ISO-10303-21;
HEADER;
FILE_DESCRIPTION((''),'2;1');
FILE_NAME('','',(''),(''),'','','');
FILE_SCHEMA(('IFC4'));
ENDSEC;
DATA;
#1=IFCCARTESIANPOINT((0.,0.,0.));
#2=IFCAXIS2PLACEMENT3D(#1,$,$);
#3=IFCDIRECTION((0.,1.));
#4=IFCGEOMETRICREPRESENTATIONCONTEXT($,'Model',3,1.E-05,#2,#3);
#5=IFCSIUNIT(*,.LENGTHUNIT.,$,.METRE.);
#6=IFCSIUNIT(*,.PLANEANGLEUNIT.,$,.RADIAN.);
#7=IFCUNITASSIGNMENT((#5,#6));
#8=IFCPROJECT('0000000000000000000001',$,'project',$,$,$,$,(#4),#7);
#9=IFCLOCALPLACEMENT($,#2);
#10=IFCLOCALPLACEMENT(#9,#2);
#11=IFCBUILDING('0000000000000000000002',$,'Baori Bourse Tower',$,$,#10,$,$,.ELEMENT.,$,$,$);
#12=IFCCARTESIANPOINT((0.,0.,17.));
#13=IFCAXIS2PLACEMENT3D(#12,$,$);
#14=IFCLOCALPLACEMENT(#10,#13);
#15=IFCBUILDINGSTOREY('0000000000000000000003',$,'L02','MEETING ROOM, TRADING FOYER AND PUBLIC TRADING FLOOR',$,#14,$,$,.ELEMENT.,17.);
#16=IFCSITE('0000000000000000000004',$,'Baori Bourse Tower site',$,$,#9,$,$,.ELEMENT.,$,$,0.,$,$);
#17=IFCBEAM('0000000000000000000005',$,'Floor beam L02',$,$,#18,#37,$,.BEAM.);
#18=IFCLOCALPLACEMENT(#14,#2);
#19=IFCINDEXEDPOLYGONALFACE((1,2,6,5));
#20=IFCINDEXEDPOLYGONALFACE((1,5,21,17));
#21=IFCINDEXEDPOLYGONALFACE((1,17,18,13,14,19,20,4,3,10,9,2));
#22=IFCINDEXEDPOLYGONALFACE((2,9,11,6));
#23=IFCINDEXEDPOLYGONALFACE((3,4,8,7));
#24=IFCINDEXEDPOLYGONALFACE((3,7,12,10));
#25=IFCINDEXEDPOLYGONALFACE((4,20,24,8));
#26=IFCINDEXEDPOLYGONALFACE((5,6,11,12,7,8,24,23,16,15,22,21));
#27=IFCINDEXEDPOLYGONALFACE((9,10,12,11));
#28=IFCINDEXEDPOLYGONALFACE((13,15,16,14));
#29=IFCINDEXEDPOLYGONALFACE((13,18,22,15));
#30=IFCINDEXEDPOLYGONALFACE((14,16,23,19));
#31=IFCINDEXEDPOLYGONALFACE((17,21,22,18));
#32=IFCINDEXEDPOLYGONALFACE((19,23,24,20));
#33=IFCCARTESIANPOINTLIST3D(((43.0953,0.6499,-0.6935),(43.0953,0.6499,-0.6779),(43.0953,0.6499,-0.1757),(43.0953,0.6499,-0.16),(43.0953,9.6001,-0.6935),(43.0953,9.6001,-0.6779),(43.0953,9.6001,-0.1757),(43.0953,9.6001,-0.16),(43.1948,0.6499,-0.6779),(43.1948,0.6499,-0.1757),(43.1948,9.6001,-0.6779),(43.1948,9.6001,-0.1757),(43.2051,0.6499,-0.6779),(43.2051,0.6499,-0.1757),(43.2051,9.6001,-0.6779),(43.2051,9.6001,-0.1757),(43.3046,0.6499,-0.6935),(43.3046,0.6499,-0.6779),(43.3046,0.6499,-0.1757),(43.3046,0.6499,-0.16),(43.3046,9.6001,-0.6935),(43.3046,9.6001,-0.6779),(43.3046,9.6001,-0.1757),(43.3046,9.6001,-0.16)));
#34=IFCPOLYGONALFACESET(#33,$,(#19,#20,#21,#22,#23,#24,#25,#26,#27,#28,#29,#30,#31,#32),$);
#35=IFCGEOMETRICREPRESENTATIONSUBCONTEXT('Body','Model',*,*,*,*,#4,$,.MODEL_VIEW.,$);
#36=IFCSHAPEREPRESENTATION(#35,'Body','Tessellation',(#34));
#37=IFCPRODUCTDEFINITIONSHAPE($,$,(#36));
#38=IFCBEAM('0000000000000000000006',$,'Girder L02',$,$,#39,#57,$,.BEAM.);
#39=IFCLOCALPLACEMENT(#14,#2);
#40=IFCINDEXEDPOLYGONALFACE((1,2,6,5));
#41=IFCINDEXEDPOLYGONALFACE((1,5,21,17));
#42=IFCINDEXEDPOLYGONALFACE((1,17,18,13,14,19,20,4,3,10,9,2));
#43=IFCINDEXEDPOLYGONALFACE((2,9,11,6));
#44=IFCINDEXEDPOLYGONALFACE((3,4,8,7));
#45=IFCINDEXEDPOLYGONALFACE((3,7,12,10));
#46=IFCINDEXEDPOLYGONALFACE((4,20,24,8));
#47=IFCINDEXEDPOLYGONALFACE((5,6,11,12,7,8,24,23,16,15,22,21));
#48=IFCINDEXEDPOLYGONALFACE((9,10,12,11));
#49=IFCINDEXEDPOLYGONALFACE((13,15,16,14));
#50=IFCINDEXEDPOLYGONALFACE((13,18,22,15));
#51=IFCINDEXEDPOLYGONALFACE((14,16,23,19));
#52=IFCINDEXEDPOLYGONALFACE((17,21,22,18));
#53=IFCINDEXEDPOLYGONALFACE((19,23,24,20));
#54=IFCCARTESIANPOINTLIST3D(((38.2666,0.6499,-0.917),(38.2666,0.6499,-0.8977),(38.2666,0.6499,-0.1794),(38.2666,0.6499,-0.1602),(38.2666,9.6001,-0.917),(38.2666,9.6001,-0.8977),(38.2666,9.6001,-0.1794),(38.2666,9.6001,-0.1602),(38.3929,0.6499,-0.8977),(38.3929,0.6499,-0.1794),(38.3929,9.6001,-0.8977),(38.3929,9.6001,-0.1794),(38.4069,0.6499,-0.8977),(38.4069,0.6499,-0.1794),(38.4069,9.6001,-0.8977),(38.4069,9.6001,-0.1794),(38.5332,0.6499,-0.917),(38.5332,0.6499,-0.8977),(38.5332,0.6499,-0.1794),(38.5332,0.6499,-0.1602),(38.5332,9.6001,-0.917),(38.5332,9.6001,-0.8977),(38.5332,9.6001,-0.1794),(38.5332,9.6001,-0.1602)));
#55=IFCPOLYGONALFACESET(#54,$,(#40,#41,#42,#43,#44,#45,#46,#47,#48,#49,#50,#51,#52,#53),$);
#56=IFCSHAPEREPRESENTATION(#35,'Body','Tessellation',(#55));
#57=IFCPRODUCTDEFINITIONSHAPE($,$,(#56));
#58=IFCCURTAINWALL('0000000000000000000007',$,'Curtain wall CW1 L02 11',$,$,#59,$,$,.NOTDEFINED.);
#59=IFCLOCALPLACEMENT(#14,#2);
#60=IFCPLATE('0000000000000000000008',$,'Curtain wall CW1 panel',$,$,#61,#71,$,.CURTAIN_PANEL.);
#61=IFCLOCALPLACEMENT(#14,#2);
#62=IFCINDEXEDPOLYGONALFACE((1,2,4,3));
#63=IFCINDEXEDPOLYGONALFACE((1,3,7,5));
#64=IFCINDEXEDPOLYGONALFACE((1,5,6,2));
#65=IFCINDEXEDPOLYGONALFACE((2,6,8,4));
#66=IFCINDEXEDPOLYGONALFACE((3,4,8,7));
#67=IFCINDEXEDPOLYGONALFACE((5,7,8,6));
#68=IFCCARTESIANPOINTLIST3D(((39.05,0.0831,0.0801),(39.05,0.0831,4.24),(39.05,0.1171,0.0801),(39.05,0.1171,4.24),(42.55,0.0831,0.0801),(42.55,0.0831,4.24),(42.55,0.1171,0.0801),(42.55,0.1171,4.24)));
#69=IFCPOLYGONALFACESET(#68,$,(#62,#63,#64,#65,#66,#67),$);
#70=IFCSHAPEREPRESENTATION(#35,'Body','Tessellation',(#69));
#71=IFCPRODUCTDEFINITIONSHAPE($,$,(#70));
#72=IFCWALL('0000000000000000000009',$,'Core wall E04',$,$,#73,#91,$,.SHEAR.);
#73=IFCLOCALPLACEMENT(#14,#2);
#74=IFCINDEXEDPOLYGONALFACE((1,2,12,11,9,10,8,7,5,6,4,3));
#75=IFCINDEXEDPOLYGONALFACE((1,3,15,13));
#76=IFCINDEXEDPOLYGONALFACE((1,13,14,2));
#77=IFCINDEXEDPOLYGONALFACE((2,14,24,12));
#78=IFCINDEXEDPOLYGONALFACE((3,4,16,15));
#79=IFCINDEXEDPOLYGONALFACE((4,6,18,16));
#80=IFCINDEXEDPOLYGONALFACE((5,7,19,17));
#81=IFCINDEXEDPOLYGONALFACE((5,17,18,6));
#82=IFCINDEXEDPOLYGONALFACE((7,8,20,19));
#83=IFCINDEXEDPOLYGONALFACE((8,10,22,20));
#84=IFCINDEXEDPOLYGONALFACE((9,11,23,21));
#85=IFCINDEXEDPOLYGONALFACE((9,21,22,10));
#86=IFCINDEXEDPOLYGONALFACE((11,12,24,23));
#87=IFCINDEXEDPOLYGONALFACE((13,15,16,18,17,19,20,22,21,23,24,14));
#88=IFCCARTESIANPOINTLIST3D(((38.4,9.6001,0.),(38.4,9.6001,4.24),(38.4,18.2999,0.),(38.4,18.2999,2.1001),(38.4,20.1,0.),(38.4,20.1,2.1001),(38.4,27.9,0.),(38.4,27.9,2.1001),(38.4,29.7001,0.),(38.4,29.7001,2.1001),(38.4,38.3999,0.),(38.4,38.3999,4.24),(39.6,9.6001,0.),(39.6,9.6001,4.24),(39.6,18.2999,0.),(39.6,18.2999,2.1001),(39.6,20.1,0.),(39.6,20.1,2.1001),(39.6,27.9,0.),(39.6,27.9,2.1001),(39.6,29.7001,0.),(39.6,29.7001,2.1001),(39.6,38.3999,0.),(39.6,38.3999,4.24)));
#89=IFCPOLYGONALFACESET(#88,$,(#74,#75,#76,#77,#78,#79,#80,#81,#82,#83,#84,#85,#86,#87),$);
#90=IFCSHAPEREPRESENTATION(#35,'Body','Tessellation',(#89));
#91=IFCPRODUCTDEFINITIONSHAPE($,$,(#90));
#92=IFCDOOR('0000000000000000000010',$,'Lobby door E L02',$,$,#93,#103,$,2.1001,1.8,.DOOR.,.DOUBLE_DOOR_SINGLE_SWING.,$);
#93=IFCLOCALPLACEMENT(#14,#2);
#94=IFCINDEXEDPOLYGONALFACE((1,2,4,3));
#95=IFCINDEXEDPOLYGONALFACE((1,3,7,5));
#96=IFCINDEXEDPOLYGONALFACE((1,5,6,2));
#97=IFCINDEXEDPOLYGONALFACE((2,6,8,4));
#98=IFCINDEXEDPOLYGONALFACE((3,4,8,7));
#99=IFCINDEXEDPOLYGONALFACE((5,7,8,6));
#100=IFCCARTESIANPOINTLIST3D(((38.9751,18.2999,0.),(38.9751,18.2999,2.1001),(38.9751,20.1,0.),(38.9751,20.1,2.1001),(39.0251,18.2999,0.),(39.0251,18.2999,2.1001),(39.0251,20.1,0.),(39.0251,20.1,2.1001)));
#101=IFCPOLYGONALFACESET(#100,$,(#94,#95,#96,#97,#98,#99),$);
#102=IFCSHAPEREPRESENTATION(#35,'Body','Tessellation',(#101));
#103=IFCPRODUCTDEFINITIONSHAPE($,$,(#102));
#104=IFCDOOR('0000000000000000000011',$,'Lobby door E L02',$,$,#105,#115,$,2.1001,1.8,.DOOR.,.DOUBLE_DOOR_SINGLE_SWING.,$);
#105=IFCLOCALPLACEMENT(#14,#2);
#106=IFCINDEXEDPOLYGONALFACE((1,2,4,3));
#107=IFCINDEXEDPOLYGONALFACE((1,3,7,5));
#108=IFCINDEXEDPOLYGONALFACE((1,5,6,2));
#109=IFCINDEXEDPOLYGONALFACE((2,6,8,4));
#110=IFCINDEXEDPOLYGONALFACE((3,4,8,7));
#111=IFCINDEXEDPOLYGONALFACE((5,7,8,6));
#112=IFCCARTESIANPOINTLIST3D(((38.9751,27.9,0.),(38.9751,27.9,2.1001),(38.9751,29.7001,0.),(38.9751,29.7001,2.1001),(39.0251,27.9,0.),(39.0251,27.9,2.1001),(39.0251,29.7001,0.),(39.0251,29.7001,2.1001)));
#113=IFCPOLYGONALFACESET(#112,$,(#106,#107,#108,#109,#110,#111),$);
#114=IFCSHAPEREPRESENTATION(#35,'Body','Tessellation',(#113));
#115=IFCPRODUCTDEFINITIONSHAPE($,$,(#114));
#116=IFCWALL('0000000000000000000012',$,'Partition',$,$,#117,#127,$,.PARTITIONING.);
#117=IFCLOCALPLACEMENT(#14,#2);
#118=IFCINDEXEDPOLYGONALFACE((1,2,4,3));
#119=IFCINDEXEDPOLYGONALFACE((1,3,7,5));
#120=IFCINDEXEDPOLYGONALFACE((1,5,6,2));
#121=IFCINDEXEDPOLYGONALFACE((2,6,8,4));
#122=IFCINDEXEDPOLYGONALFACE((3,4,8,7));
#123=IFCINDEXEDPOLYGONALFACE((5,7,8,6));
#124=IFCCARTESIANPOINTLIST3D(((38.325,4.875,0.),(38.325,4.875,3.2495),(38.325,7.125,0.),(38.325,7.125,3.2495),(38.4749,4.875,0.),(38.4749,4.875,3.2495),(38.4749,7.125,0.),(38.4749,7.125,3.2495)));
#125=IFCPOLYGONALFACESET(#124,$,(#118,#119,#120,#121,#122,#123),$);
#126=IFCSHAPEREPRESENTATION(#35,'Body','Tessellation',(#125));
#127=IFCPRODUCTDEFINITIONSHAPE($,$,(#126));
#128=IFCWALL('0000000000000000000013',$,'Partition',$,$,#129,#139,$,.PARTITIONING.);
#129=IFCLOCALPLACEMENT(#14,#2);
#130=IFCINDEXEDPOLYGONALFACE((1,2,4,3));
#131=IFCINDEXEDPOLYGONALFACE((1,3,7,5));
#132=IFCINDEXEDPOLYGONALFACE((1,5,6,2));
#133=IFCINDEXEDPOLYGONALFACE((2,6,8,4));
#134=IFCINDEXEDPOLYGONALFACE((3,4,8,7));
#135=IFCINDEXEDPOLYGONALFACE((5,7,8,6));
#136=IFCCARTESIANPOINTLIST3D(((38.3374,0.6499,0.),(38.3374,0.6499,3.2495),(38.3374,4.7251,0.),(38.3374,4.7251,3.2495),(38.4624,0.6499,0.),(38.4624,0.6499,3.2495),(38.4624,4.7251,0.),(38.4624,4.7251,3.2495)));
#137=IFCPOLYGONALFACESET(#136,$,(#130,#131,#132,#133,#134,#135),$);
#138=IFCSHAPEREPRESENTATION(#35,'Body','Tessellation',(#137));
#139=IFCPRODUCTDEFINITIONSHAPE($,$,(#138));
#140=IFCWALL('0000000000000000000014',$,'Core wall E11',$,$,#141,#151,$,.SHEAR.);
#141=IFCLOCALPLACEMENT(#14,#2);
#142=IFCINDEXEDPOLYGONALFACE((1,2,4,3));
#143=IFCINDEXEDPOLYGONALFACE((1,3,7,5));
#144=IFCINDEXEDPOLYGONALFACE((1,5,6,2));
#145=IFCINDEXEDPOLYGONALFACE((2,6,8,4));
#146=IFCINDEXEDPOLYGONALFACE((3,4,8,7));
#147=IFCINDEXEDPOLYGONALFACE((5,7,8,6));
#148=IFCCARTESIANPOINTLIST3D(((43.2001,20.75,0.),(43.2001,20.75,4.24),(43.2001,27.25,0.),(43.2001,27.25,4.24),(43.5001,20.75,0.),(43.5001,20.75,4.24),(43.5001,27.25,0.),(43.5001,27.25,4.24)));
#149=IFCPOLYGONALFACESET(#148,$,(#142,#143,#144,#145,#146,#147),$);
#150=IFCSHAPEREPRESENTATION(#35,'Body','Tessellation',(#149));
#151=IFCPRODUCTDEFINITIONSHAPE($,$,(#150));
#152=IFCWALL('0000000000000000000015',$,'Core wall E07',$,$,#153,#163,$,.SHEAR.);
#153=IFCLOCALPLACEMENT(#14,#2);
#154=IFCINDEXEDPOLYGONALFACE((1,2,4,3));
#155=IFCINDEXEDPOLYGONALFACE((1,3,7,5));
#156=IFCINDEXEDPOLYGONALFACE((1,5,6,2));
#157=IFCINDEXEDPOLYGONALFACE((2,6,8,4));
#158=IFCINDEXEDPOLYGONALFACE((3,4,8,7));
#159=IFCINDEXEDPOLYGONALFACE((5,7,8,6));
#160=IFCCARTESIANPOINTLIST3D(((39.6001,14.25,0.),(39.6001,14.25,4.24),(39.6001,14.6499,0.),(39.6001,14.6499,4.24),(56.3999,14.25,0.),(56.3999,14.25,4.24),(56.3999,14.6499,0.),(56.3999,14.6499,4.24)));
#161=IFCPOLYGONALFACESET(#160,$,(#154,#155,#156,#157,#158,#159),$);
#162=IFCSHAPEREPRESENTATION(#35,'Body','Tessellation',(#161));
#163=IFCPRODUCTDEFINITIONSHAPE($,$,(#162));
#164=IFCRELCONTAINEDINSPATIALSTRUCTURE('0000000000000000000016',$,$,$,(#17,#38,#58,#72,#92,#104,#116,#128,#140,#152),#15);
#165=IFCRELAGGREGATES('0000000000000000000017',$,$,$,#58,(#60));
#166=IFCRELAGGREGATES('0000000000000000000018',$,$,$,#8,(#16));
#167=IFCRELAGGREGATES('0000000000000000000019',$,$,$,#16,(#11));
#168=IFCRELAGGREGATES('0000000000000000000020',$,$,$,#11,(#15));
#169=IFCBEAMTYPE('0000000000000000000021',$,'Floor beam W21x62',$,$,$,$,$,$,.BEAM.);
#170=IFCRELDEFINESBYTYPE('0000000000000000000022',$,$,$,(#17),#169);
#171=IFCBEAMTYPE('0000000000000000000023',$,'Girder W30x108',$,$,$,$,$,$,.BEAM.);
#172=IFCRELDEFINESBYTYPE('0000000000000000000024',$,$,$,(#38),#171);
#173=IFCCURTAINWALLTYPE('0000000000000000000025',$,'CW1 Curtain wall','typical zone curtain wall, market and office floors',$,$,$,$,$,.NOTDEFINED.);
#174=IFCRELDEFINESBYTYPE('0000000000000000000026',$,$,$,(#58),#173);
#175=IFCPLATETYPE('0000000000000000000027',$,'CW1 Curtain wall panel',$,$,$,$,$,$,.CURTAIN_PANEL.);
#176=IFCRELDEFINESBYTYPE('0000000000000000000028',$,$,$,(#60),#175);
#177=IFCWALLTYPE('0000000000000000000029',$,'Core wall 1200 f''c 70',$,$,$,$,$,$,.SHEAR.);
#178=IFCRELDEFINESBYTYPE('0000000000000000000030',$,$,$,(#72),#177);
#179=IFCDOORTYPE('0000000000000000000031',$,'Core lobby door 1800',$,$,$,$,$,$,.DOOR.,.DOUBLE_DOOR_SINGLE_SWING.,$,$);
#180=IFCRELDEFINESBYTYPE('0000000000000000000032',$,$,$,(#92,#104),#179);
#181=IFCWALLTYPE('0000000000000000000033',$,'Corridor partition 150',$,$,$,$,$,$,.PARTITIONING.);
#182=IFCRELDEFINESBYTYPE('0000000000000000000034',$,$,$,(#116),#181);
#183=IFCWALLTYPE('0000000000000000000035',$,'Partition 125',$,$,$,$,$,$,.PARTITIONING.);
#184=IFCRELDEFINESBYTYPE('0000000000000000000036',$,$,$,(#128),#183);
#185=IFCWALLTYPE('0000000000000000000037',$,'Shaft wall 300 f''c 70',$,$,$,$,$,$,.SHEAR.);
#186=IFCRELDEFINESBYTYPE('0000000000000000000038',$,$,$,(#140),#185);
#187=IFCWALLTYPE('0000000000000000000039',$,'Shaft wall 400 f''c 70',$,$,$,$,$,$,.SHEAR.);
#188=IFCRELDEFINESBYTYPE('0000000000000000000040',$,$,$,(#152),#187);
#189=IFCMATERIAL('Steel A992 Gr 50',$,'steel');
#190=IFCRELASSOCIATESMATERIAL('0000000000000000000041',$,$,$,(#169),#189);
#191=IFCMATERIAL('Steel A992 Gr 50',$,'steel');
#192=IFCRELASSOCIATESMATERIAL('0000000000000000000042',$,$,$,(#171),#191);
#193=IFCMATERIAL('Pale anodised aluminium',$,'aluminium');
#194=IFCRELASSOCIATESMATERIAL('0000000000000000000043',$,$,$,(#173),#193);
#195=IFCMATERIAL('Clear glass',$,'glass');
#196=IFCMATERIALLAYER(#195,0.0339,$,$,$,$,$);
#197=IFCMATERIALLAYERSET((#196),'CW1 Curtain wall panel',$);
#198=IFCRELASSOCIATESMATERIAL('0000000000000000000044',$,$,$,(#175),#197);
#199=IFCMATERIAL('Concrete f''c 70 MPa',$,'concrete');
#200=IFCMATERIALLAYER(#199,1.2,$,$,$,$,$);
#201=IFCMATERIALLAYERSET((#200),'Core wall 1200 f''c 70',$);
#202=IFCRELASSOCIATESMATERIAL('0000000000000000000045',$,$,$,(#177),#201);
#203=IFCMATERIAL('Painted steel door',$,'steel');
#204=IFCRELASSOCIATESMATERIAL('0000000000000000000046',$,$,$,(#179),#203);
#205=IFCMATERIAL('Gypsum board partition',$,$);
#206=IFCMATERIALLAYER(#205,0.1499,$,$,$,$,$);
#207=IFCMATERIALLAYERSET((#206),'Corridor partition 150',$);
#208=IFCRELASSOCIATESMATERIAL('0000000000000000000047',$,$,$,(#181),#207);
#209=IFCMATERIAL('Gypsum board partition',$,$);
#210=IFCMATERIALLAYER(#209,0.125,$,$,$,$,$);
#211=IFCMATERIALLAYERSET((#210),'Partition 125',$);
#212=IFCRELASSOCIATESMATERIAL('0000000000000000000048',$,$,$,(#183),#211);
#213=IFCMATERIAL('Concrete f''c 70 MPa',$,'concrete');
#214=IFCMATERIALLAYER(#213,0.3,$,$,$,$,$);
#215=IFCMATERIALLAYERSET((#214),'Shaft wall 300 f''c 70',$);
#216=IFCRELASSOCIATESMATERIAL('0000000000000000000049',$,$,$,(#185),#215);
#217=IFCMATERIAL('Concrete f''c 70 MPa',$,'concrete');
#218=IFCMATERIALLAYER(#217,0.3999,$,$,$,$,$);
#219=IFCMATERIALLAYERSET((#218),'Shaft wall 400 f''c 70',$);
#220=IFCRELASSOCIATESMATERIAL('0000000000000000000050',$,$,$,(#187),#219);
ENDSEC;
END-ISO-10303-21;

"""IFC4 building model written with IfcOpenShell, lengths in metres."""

from ifc_helpers import new_model, si_unit, direction, frame, frame_2d, origin, origin_2d, place, context, subcontext, project, spatial, rectangle, i_section, extrude, material, layer, layer_set, material_profile, profile_set, type_object, element, fill, aggregate, save


model = new_model("IFC4")

# Units and contexts
model_context = context("Model", 3, precision=1e-05, world=origin(), true_north=direction((0.0, 1.0)))
body_context = subcontext(model_context, "Body", "Model", "MODEL_VIEW")
ifc_project = project(units=[si_unit("LENGTHUNIT", "METRE"), si_unit("PLANEANGLEUNIT", "RADIAN")], contexts=[model_context])

# Site, building, storey
site_placement = place(None, origin())
site = spatial("IfcSite", under=ifc_project, at=site_placement, Name="Baori Bourse Tower site", CompositionType="ELEMENT", RefElevation=0.0)
building_placement = place(site_placement, origin())
building = spatial("IfcBuilding", under=site, at=building_placement, Name="Baori Bourse Tower", CompositionType="ELEMENT")
storey_placement = place(building_placement, frame((0.0, 0.0, 17.0)))
storey = spatial("IfcBuildingStorey", under=building, at=storey_placement, Name="L02", Description="MEETING ROOM, TRADING FOYER AND PUBLIC TRADING FLOOR", CompositionType="ELEMENT", Elevation=17.0)

# Beams
ifc_material_1 = material(Name="Steel A992 Gr 50", Category="steel")
ifc_material_profile_1 = material_profile(ifc_material_1, i_section(OverallWidth=0.2092, OverallDepth=0.5334, WebThickness=0.0103, FlangeThickness=0.0156, at=origin_2d()), Name="W21x62")
ifc_profile_set_1 = profile_set([ifc_material_profile_1], Name="Steel A992 Gr 50")
beam_type_1 = type_object("IfcBeamType", Name="Floor beam W21x62", PredefinedType="BEAM", material=ifc_profile_set_1)
beam_1_placement = place(storey_placement, frame((43.2, 0.6499, -0.4268), z_axis=(0.0, 1.0, 0.0), x_axis=(-1.0, 0.0, 0.0)))
element("IfcBeam", 1, at=beam_1_placement, inside=storey, type_object=beam_type_1, Name="Floor beam L02", PredefinedType="BEAM", context=body_context, shape_type="SweptSolid", body=[
    extrude(i_section(OverallWidth=0.2092, OverallDepth=0.5334, WebThickness=0.0103, FlangeThickness=0.0156, at=origin_2d()), origin(), (0.0, 0.0, 1.0), 8.9502),
])
ifc_material_2 = material(Name="Steel A992 Gr 50", Category="steel")
ifc_material_profile_2 = material_profile(ifc_material_2, i_section(OverallWidth=0.2666, OverallDepth=0.7568, WebThickness=0.0139, FlangeThickness=0.0193, at=origin_2d()), Name="W30x108")
ifc_profile_set_2 = profile_set([ifc_material_profile_2], Name="Steel A992 Gr 50")
beam_type_2 = type_object("IfcBeamType", Name="Girder W30x108", PredefinedType="BEAM", material=ifc_profile_set_2)
beam_2_placement = place(storey_placement, frame((38.3999, 0.6499, -0.5386), z_axis=(0.0, 1.0, 0.0), x_axis=(-1.0, 0.0, 0.0)))
element("IfcBeam", 2, at=beam_2_placement, inside=storey, type_object=beam_type_2, Name="Girder L02", PredefinedType="BEAM", context=body_context, shape_type="SweptSolid", body=[
    extrude(i_section(OverallWidth=0.2666, OverallDepth=0.7568, WebThickness=0.0139, FlangeThickness=0.0193, at=origin_2d()), origin(), (0.0, 0.0, 1.0), 8.9502),
])

# Curtain wall, plate
ifc_material_3 = material(Name="Pale anodised aluminium", Category="aluminium")
curtain_wall_type = type_object("IfcCurtainWallType", Name="CW1 Curtain wall", Description="typical zone curtain wall, market and office floors", PredefinedType="NOTDEFINED", material=ifc_material_3)
curtain_wall_placement = place(storey_placement, origin())
curtain_wall = element("IfcCurtainWall", 3, at=curtain_wall_placement, inside=storey, type_object=curtain_wall_type, Name="Curtain wall CW1 L02 11", PredefinedType="NOTDEFINED")
ifc_material_4 = material(Name="Clear glass", Category="glass")
ifc_layer_1 = layer(ifc_material_4, 0.0339)
ifc_layer_set_1 = layer_set([ifc_layer_1], Name="CW1 Curtain wall panel")
plate_type = type_object("IfcPlateType", Name="CW1 Curtain wall panel", PredefinedType="CURTAIN_PANEL", material=ifc_layer_set_1)
plate_placement = place(storey_placement, frame((40.8, 0.1001, 0.0801), z_axis=(0.0, 0.0, 1.0), x_axis=(1.0, 0.0, 0.0)))
plate = element("IfcPlate", 4, at=plate_placement, type_object=plate_type, Name="Curtain wall CW1 panel", PredefinedType="CURTAIN_PANEL", context=body_context, shape_type="SweptSolid", body=[
    extrude(rectangle(XDim=3.5, YDim=0.0339, at=origin_2d()), origin(), (0.0, 0.0, 1.0), 4.1599),
])
aggregate(curtain_wall, [plate])

# Wall, openings, doors
ifc_material_5 = material(Name="Concrete f'c 70 MPa", Category="concrete")
ifc_layer_2 = layer(ifc_material_5, 1.2)
ifc_layer_set_2 = layer_set([ifc_layer_2], Name="Core wall 1200 f'c 70")
wall_type_1 = type_object("IfcWallType", Name="Core wall 1200 f'c 70", PredefinedType="SHEAR", material=ifc_layer_set_2)
wall_1_placement = place(storey_placement, frame((39.0, 9.6001, 0.0), z_axis=(0.0, 0.0, 1.0), x_axis=(0.0, 1.0, 0.0)))
wall_1 = element("IfcWall", 5, at=wall_1_placement, inside=storey, type_object=wall_type_1, Name="Core wall E04", PredefinedType="SHEAR", context=body_context, shape_type="SweptSolid", body=[
    extrude(rectangle(XDim=28.7998, YDim=1.2, at=frame_2d((14.3999, 0.0))), origin(), (0.0, 0.0, 1.0), 4.24),
])
opening_1_placement = place(wall_1_placement, frame((8.7, 0.0, 0.0)))
opening_1 = element("IfcOpeningElement", 6, at=opening_1_placement, cuts=wall_1, PredefinedType="OPENING", context=body_context, shape_type="SweptSolid", body=[
    extrude(rectangle(XDim=1.8, YDim=2.1001, at=frame_2d((0.8999, 1.05))), frame((0.0, 0.6099, 0.0), z_axis=(0.0, -1.0, 0.0), x_axis=(1.0, 0.0, 0.0)), (0.0, 0.0, 1.0), 1.22),
])
opening_2_placement = place(wall_1_placement, frame((18.3, 0.0, 0.0)))
opening_2 = element("IfcOpeningElement", 7, at=opening_2_placement, cuts=wall_1, PredefinedType="OPENING", context=body_context, shape_type="SweptSolid", body=[
    extrude(rectangle(XDim=1.8, YDim=2.1001, at=frame_2d((0.8999, 1.05))), frame((0.0, 0.6099, 0.0), z_axis=(0.0, -1.0, 0.0), x_axis=(1.0, 0.0, 0.0)), (0.0, 0.0, 1.0), 1.22),
])
ifc_material_6 = material(Name="Painted steel door", Category="steel")
door_type_1 = type_object("IfcDoorType", Name="Core lobby door 1800", OperationType="DOUBLE_DOOR_SINGLE_SWING", PredefinedType="DOOR", material=ifc_material_6)
door_1_placement = place(opening_1_placement, origin())
door_1 = element("IfcDoor", 8, at=door_1_placement, inside=storey, type_object=door_type_1, Name="Lobby door E L02", OperationType="DOUBLE_DOOR_SINGLE_SWING", OverallHeight=2.1001, OverallWidth=1.8, PredefinedType="DOOR", context=body_context, shape_type="SweptSolid", body=[
    extrude(rectangle(XDim=1.8, YDim=2.1001, at=frame_2d((0.8999, 1.05))), frame((0.0, 0.0249, 0.0), z_axis=(0.0, -1.0, 0.0), x_axis=(1.0, 0.0, 0.0)), (0.0, 0.0, 1.0), 0.05),
])
fill(opening_1, door_1)
door_2_placement = place(opening_2_placement, origin())
door_2 = element("IfcDoor", 9, at=door_2_placement, inside=storey, type_object=door_type_1, Name="Lobby door E L02", OperationType="DOUBLE_DOOR_SINGLE_SWING", OverallHeight=2.1001, OverallWidth=1.8, PredefinedType="DOOR", context=body_context, shape_type="SweptSolid", body=[
    extrude(rectangle(XDim=1.8, YDim=2.1001, at=frame_2d((0.8999, 1.05))), frame((0.0, 0.0249, 0.0), z_axis=(0.0, -1.0, 0.0), x_axis=(1.0, 0.0, 0.0)), (0.0, 0.0, 1.0), 0.05),
])
fill(opening_2, door_2)

# Walls
ifc_material_7 = material(Name="Gypsum board partition")
ifc_layer_3 = layer(ifc_material_7, 0.1499)
ifc_layer_set_3 = layer_set([ifc_layer_3], Name="Corridor partition 150")
wall_type_2 = type_object("IfcWallType", Name="Corridor partition 150", PredefinedType="PARTITIONING", material=ifc_layer_set_3)
wall_2_placement = place(storey_placement, frame((38.3999, 4.875, 0.0), z_axis=(0.0, 0.0, 1.0), x_axis=(0.0, 1.0, 0.0)))
element("IfcWall", 10, at=wall_2_placement, inside=storey, type_object=wall_type_2, Name="Partition", PredefinedType="PARTITIONING", context=body_context, shape_type="SweptSolid", body=[
    extrude(rectangle(XDim=2.25, YDim=0.1499, at=frame_2d((1.125, 0.0))), origin(), (0.0, 0.0, 1.0), 3.2495),
])
ifc_material_8 = material(Name="Gypsum board partition")
ifc_layer_4 = layer(ifc_material_8, 0.125)
ifc_layer_set_4 = layer_set([ifc_layer_4], Name="Partition 125")
wall_type_3 = type_object("IfcWallType", Name="Partition 125", PredefinedType="PARTITIONING", material=ifc_layer_set_4)
wall_3_placement = place(storey_placement, frame((38.3999, 0.6499, 0.0), z_axis=(0.0, 0.0, 1.0), x_axis=(0.0, 1.0, 0.0)))
element("IfcWall", 11, at=wall_3_placement, inside=storey, type_object=wall_type_3, Name="Partition", PredefinedType="PARTITIONING", context=body_context, shape_type="SweptSolid", body=[
    extrude(rectangle(XDim=4.0752, YDim=0.125, at=frame_2d((2.0376, 0.0))), origin(), (0.0, 0.0, 1.0), 3.2495),
])
ifc_material_9 = material(Name="Concrete f'c 70 MPa", Category="concrete")
ifc_layer_5 = layer(ifc_material_9, 0.3)
ifc_layer_set_5 = layer_set([ifc_layer_5], Name="Shaft wall 300 f'c 70")
wall_type_4 = type_object("IfcWallType", Name="Shaft wall 300 f'c 70", PredefinedType="SHEAR", material=ifc_layer_set_5)
wall_4_placement = place(storey_placement, frame((43.3501, 20.75, 0.0), z_axis=(0.0, 0.0, 1.0), x_axis=(0.0, 1.0, 0.0)))
element("IfcWall", 12, at=wall_4_placement, inside=storey, type_object=wall_type_4, Name="Core wall E11", PredefinedType="SHEAR", context=body_context, shape_type="SweptSolid", body=[
    extrude(rectangle(XDim=6.5, YDim=0.3, at=frame_2d((3.25, 0.0))), origin(), (0.0, 0.0, 1.0), 4.24),
])
ifc_material_10 = material(Name="Concrete f'c 70 MPa", Category="concrete")
ifc_layer_6 = layer(ifc_material_10, 0.3999)
ifc_layer_set_6 = layer_set([ifc_layer_6], Name="Shaft wall 400 f'c 70")
wall_type_5 = type_object("IfcWallType", Name="Shaft wall 400 f'c 70", PredefinedType="SHEAR", material=ifc_layer_set_6)
wall_5_placement = place(storey_placement, frame((39.6001, 14.45, 0.0), z_axis=(0.0, 0.0, 1.0), x_axis=(1.0, 0.0, 0.0)))
element("IfcWall", 13, at=wall_5_placement, inside=storey, type_object=wall_type_5, Name="Core wall E07", PredefinedType="SHEAR", context=body_context, shape_type="SweptSolid", body=[
    extrude(rectangle(XDim=16.7998, YDim=0.3999, at=frame_2d((8.3999, 0.0))), origin(), (0.0, 0.0, 1.0), 4.24),
])

save(model, "model.ifc")
